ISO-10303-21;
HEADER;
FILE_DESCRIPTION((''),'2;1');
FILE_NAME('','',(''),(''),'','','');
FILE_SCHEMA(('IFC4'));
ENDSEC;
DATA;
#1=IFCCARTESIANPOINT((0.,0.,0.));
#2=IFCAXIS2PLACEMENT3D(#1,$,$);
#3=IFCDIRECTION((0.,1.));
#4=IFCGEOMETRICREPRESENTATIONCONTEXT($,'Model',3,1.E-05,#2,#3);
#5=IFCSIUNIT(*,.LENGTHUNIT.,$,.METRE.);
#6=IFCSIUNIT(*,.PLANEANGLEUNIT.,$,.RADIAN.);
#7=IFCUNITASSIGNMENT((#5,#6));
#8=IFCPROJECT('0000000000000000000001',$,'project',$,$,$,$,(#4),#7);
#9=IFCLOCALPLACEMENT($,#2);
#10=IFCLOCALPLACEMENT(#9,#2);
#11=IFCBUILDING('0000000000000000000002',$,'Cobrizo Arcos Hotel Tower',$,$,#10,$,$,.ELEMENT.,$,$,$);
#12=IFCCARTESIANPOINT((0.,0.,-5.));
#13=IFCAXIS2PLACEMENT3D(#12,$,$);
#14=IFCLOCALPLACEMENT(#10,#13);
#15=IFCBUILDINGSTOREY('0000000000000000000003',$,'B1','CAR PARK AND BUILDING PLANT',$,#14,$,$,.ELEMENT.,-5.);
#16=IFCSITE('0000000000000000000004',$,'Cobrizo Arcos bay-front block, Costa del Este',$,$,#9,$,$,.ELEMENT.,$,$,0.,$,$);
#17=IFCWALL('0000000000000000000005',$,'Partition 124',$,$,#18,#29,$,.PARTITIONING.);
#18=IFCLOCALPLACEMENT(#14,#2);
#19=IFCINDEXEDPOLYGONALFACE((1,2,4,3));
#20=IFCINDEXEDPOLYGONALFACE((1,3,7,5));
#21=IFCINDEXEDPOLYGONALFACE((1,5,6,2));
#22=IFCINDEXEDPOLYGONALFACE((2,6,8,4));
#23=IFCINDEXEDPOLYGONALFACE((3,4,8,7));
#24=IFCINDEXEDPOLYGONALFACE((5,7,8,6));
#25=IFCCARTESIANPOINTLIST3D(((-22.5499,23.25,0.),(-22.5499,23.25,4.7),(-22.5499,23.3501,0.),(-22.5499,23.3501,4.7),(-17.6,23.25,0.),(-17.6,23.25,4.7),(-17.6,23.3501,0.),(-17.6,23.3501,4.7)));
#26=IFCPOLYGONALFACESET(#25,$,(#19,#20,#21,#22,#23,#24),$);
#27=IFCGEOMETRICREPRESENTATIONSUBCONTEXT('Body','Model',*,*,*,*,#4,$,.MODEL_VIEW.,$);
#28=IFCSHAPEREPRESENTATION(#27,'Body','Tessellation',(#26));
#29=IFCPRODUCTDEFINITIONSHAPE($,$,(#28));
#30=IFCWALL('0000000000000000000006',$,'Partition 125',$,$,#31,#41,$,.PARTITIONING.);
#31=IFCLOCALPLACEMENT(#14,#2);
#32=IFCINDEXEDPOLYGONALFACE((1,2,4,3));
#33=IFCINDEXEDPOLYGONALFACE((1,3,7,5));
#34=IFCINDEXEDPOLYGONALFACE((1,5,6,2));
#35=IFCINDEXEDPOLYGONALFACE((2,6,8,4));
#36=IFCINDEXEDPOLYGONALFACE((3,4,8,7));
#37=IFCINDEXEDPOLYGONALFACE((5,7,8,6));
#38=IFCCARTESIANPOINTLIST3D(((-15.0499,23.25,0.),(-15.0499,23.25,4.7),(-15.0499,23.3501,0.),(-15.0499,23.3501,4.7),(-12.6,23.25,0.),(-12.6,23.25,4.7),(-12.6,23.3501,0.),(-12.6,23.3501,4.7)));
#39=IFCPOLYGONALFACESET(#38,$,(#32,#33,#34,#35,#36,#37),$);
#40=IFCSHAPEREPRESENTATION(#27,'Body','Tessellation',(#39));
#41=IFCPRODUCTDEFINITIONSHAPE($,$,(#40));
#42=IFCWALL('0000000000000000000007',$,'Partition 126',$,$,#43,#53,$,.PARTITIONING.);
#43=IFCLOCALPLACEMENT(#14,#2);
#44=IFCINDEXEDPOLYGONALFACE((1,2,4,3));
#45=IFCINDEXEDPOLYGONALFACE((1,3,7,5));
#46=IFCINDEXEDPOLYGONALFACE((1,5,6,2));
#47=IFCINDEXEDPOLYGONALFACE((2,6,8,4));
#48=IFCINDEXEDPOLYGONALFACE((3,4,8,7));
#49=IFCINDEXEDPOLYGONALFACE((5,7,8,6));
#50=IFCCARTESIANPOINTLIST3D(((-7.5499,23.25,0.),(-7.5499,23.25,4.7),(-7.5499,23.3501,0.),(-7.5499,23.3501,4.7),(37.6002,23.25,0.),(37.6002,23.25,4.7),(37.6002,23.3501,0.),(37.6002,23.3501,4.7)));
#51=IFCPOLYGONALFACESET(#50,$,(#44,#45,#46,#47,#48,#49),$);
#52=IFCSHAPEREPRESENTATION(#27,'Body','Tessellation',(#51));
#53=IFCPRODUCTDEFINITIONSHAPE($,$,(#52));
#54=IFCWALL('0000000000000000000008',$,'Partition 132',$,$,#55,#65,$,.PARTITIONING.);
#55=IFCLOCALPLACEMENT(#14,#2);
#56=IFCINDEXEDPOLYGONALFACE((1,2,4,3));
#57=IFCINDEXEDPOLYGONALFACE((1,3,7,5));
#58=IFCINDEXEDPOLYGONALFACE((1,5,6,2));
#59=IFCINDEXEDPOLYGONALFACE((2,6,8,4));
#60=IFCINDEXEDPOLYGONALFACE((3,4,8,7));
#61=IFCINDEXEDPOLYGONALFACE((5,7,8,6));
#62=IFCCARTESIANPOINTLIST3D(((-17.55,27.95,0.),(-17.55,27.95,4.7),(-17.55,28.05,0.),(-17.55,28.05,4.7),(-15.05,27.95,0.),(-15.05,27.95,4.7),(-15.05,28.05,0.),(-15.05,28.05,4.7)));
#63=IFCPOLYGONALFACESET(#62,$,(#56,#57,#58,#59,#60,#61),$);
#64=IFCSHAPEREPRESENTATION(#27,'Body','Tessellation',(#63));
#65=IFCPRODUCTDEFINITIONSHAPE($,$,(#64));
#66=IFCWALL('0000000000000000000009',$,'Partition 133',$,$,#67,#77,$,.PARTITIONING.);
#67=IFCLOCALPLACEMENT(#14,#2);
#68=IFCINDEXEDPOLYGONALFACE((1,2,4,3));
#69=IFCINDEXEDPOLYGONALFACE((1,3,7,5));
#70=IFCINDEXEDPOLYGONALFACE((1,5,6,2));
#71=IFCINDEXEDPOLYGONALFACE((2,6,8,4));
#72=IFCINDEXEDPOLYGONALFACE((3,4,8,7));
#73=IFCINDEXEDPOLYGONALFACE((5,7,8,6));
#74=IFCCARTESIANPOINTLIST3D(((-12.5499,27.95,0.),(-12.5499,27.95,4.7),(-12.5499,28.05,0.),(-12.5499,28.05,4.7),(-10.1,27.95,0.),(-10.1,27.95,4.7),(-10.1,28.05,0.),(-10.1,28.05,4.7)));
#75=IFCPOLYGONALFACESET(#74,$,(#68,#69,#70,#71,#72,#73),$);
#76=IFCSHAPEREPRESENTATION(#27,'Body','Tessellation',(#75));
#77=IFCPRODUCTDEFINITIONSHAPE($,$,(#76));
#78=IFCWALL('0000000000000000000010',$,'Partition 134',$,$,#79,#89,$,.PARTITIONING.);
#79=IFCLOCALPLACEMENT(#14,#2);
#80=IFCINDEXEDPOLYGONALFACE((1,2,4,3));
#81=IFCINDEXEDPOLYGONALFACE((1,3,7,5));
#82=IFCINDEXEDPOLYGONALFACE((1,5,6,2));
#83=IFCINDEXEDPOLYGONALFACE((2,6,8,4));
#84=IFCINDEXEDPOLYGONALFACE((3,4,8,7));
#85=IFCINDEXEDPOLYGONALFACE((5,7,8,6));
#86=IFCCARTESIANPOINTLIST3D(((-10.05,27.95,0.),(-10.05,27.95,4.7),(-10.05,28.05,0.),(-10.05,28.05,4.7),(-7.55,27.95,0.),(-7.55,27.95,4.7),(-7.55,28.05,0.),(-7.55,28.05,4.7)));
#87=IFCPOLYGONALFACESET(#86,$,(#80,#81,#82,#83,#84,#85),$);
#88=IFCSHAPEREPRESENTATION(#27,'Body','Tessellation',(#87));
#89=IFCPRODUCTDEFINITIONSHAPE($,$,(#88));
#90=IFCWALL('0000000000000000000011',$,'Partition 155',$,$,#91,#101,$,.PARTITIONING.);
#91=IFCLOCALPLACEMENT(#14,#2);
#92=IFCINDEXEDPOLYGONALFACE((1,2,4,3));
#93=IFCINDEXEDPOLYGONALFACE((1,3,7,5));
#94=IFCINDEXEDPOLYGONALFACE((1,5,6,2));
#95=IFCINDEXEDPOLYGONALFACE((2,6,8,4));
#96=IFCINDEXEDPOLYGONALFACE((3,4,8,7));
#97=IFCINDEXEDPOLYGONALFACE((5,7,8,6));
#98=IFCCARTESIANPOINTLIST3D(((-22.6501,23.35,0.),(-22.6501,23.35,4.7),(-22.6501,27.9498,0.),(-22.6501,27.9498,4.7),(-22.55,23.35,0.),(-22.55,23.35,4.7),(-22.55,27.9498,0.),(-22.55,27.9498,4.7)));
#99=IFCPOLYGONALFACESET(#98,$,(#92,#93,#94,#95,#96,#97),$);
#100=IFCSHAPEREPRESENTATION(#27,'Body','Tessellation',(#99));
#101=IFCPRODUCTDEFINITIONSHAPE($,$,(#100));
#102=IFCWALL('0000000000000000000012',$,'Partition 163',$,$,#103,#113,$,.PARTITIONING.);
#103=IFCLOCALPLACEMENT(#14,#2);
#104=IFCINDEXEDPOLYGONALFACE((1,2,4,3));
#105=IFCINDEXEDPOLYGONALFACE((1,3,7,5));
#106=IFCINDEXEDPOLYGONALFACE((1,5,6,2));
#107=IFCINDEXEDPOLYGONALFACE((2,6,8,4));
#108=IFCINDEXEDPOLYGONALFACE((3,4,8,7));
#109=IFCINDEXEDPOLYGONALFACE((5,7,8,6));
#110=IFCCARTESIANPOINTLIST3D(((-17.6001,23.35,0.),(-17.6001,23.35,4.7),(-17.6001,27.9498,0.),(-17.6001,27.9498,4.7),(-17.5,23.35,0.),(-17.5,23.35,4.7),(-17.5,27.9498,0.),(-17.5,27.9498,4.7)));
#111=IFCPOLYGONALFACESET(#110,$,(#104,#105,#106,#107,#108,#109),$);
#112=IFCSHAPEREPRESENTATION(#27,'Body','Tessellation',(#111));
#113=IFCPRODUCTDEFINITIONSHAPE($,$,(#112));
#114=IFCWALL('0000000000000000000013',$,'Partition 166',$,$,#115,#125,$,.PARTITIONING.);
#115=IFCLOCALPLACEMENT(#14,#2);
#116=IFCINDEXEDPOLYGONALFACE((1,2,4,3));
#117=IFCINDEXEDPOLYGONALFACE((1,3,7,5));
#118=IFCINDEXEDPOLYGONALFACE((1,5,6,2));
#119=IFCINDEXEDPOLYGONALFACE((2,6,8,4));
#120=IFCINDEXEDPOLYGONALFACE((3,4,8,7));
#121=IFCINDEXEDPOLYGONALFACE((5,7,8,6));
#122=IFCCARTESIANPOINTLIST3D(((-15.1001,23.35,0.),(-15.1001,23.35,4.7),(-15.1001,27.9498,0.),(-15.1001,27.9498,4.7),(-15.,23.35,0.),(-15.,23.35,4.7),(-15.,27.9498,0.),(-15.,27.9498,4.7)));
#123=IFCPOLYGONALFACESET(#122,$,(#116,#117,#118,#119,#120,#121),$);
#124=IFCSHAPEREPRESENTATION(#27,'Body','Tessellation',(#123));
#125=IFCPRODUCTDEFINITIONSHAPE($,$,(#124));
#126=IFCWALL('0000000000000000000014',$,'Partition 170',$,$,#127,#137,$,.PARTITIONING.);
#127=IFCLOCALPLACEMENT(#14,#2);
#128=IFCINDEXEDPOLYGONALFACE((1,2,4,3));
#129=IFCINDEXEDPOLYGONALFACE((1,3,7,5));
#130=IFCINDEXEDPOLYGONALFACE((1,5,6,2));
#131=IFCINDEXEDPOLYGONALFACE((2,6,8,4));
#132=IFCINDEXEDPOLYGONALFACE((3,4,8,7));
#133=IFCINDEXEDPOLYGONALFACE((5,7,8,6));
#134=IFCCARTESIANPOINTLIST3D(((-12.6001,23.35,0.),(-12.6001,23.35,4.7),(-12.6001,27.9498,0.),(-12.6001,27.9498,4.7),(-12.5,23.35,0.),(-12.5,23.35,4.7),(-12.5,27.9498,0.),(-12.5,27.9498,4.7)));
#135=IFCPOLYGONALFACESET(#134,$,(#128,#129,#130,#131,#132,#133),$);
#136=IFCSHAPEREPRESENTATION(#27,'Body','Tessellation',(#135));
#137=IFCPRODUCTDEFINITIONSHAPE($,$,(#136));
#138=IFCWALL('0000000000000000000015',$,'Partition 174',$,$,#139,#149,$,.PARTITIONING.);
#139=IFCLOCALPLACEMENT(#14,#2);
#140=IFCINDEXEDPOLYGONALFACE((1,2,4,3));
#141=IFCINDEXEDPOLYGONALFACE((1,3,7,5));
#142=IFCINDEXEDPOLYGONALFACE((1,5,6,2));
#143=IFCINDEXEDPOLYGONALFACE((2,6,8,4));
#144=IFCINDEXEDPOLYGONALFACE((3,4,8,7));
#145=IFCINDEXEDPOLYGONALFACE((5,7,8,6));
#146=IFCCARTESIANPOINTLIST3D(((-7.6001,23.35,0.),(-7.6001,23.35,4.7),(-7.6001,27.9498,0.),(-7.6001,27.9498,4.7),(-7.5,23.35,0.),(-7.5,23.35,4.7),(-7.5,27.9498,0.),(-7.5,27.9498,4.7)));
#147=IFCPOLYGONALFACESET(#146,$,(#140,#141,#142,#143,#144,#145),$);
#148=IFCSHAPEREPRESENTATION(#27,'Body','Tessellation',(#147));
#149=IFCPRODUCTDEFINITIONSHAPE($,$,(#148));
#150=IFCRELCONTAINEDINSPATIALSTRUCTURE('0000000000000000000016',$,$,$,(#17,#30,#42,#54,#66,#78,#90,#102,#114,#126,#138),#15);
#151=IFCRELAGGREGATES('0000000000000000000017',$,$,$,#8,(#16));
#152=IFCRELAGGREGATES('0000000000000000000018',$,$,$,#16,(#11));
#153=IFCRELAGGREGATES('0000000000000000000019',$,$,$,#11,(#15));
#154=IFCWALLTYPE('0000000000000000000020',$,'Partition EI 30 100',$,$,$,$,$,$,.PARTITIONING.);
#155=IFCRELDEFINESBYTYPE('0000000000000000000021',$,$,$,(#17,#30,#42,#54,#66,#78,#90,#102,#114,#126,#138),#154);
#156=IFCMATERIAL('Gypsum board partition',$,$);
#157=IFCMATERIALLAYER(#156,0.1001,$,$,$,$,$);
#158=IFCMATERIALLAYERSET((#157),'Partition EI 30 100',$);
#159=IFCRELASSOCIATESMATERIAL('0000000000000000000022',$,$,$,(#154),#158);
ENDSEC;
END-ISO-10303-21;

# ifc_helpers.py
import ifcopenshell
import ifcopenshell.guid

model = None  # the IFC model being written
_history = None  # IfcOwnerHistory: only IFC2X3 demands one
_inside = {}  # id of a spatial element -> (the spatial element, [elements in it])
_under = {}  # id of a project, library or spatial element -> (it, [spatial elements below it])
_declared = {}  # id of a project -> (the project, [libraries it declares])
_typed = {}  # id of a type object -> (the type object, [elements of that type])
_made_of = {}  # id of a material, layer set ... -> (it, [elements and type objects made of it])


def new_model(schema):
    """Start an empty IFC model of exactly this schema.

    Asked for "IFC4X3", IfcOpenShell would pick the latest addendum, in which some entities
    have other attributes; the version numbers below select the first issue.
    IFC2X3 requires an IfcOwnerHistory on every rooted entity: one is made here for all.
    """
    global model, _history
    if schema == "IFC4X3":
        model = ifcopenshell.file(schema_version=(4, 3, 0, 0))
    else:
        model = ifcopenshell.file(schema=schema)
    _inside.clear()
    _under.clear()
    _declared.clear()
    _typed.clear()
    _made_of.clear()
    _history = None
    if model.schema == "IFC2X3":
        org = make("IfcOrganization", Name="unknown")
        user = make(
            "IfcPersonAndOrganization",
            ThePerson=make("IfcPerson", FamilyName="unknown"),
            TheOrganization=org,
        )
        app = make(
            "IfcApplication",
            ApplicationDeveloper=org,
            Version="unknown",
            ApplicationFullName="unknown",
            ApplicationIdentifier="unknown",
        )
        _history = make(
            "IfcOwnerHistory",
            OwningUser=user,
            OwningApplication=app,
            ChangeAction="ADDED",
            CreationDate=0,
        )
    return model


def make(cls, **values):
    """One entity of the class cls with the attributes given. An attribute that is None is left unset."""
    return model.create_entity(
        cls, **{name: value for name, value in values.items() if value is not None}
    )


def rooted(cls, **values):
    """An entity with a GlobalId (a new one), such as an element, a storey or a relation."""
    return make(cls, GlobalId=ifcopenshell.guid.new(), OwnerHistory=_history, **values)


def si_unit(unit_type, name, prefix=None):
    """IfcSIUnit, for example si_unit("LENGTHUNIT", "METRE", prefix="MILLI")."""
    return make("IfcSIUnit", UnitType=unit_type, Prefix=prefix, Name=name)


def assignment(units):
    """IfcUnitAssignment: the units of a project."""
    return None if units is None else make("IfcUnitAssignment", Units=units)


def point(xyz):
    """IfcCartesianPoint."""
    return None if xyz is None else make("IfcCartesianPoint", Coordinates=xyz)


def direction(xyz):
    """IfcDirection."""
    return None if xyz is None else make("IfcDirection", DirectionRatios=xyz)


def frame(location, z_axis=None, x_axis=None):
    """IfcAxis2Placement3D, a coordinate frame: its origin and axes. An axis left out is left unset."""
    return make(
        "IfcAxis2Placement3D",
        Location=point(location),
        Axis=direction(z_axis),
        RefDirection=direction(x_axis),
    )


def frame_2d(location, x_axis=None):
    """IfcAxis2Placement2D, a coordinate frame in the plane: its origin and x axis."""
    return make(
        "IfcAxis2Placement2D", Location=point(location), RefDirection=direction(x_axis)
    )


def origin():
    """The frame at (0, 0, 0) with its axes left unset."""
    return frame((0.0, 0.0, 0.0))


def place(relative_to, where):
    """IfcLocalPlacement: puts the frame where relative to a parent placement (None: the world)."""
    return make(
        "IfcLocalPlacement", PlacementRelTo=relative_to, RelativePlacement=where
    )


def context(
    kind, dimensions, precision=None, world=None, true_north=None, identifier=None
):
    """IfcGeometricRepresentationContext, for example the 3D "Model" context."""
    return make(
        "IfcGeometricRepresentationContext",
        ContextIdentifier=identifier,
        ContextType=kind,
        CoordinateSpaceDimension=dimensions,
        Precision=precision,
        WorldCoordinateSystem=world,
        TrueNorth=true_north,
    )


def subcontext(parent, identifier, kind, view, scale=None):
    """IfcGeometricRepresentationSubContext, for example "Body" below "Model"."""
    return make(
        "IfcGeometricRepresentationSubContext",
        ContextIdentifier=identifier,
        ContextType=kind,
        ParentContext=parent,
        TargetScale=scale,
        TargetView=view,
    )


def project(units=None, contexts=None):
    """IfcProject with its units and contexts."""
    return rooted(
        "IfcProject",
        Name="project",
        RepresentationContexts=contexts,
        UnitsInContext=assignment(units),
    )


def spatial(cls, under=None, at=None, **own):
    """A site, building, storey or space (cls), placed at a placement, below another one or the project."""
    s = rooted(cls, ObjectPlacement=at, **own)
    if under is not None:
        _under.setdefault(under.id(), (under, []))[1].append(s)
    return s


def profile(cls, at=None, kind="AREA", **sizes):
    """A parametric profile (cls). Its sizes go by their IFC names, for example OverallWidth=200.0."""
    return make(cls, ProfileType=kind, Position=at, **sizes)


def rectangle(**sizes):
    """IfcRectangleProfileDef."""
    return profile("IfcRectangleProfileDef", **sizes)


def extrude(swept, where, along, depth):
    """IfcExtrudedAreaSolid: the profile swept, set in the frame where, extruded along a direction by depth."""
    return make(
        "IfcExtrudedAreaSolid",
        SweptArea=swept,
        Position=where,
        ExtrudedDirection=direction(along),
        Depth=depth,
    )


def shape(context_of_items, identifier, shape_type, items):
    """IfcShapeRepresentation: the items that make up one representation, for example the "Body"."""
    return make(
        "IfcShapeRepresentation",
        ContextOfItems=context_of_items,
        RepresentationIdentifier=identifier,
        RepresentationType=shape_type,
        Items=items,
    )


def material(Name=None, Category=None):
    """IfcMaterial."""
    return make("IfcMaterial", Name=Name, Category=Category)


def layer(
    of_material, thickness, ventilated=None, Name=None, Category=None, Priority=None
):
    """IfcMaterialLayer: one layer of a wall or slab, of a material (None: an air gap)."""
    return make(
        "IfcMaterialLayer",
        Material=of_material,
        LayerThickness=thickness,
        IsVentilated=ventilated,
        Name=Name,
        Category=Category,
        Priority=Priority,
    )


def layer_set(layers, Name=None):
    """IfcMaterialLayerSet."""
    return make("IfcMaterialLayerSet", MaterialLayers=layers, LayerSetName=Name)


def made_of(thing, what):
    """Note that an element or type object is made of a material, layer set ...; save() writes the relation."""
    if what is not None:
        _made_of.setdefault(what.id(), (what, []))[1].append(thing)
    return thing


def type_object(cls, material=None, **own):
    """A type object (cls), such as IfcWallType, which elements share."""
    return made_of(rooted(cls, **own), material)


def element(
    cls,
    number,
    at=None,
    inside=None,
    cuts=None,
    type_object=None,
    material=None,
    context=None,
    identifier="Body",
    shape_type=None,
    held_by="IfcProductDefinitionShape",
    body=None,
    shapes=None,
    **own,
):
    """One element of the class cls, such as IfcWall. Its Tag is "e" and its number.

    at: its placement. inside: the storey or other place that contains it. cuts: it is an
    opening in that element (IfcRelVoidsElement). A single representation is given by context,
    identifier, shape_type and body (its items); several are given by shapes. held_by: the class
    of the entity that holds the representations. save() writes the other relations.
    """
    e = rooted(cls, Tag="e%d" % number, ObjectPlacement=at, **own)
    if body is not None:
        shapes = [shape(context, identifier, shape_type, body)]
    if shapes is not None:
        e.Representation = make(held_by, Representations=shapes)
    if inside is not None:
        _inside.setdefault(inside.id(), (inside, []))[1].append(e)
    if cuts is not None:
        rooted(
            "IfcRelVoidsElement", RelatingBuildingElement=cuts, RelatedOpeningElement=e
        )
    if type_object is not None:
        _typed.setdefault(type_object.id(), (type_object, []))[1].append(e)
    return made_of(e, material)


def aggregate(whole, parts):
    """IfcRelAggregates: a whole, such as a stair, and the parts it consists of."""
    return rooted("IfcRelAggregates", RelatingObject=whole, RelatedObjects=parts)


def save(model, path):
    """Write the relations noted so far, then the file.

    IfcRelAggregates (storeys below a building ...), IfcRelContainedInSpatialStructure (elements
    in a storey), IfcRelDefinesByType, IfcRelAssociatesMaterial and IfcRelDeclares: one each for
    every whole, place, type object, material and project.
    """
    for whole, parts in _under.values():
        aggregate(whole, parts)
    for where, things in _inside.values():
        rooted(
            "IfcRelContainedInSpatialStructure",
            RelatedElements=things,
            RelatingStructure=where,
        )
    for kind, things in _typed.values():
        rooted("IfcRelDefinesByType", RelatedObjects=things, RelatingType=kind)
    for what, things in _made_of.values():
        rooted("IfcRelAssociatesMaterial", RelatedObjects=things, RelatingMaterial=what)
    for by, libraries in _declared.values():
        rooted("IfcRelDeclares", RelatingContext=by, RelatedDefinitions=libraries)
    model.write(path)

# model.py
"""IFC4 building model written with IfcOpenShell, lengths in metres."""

from ifc_helpers import new_model, si_unit, direction, frame, frame_2d, origin, place, context, subcontext, project, spatial, rectangle, extrude, material, layer, layer_set, type_object, element, save


model = new_model("IFC4")

# Units and contexts
model_context = context("Model", 3, precision=1e-05, world=origin(), true_north=direction((0.0, 1.0)))
body_context = subcontext(model_context, "Body", "Model", "MODEL_VIEW")
ifc_project = project(units=[si_unit("LENGTHUNIT", "METRE"), si_unit("PLANEANGLEUNIT", "RADIAN")], contexts=[model_context])

# Site, building, storey
site_placement = place(None, origin())
site = spatial("IfcSite", under=ifc_project, at=site_placement, Name="Cobrizo Arcos bay-front block, Costa del Este", CompositionType="ELEMENT", RefElevation=0.0)
building_placement = place(site_placement, origin())
building = spatial("IfcBuilding", under=site, at=building_placement, Name="Cobrizo Arcos Hotel Tower", CompositionType="ELEMENT")
storey_placement = place(building_placement, frame((0.0, 0.0, -5.0)))
storey = spatial("IfcBuildingStorey", under=building, at=storey_placement, Name="B1", Description="CAR PARK AND BUILDING PLANT", CompositionType="ELEMENT", Elevation=-5.0)

# Walls
ifc_material_1 = material(Name="Gypsum board partition")
ifc_layer_1 = layer(ifc_material_1, 0.1001)
ifc_layer_set_1 = layer_set([ifc_layer_1], Name="Partition EI 30 100")
wall_type = type_object("IfcWallType", Name="Partition EI 30 100", PredefinedType="PARTITIONING", material=ifc_layer_set_1)
wall_1_placement = place(storey_placement, frame((-22.55, 23.3, 0.0), z_axis=(0.0, 0.0, 1.0), x_axis=(1.0, 0.0, 0.0)))
element("IfcWall", 1, at=wall_1_placement, inside=storey, type_object=wall_type, Name="Partition 124", PredefinedType="PARTITIONING", context=body_context, shape_type="SweptSolid", body=[
    extrude(rectangle(XDim=4.95, YDim=0.1001, at=frame_2d((2.4751, 0.0))), origin(), (0.0, 0.0, 1.0), 4.7),
])
wall_2_placement = place(storey_placement, frame((-15.05, 23.3, 0.0), z_axis=(0.0, 0.0, 1.0), x_axis=(1.0, 0.0, 0.0)))
element("IfcWall", 2, at=wall_2_placement, inside=storey, type_object=wall_type, Name="Partition 125", PredefinedType="PARTITIONING", context=body_context, shape_type="SweptSolid", body=[
    extrude(rectangle(XDim=2.45, YDim=0.1001, at=frame_2d((1.2251, 0.0))), origin(), (0.0, 0.0, 1.0), 4.7),
])
wall_3_placement = place(storey_placement, frame((-7.55, 23.3, 0.0), z_axis=(0.0, 0.0, 1.0), x_axis=(1.0, 0.0, 0.0)))
element("IfcWall", 3, at=wall_3_placement, inside=storey, type_object=wall_type, Name="Partition 126", PredefinedType="PARTITIONING", context=body_context, shape_type="SweptSolid", body=[
    extrude(rectangle(XDim=45.1501, YDim=0.1001, at=frame_2d((22.5752, 0.0))), origin(), (0.0, 0.0, 1.0), 4.7),
])
wall_4_placement = place(storey_placement, frame((-17.55, 28.0, 0.0), z_axis=(0.0, 0.0, 1.0), x_axis=(1.0, 0.0, 0.0)))
element("IfcWall", 4, at=wall_4_placement, inside=storey, type_object=wall_type, Name="Partition 132", PredefinedType="PARTITIONING", context=body_context, shape_type="SweptSolid", body=[
    extrude(rectangle(XDim=2.5, YDim=0.1001, at=frame_2d((1.25, 0.0))), origin(), (0.0, 0.0, 1.0), 4.7),
])
wall_5_placement = place(storey_placement, frame((-12.55, 28.0, 0.0), z_axis=(0.0, 0.0, 1.0), x_axis=(1.0, 0.0, 0.0)))
element("IfcWall", 5, at=wall_5_placement, inside=storey, type_object=wall_type, Name="Partition 133", PredefinedType="PARTITIONING", context=body_context, shape_type="SweptSolid", body=[
    extrude(rectangle(XDim=2.45, YDim=0.1001, at=frame_2d((1.2251, 0.0))), origin(), (0.0, 0.0, 1.0), 4.7),
])
wall_6_placement = place(storey_placement, frame((-10.05, 28.0, 0.0), z_axis=(0.0, 0.0, 1.0), x_axis=(1.0, 0.0, 0.0)))
element("IfcWall", 6, at=wall_6_placement, inside=storey, type_object=wall_type, Name="Partition 134", PredefinedType="PARTITIONING", context=body_context, shape_type="SweptSolid", body=[
    extrude(rectangle(XDim=2.5, YDim=0.1001, at=frame_2d((1.25, 0.0))), origin(), (0.0, 0.0, 1.0), 4.7),
])
for number, where, z_axis, x_axis, name in (
    (7, (-22.6001, 23.3501, 0.0), (0.0, 0.0, 1.0), (0.0, 1.0, 0.0), "Partition 155"),
    (8, (-17.55, 23.3501, 0.0), (0.0, 0.0, 1.0), (0.0, 1.0, 0.0), "Partition 163"),
    (9, (-15.05, 23.3501, 0.0), (0.0, 0.0, 1.0), (0.0, 1.0, 0.0), "Partition 166"),
    (10, (-12.55, 23.3501, 0.0), (0.0, 0.0, 1.0), (0.0, 1.0, 0.0), "Partition 170"),
    (11, (-7.55, 23.3501, 0.0), (0.0, 0.0, 1.0), (0.0, 1.0, 0.0), "Partition 174"),
):
    element("IfcWall", number, at=place(storey_placement, frame(where, z_axis=z_axis, x_axis=x_axis)), inside=storey, type_object=wall_type, Name=name, PredefinedType="PARTITIONING", context=body_context, shape_type="SweptSolid", body=[
        extrude(rectangle(XDim=4.5999, YDim=0.1001, at=frame_2d((2.2998, 0.0))), origin(), (0.0, 0.0, 1.0), 4.7),
    ])

save(model, "model.ifc")
